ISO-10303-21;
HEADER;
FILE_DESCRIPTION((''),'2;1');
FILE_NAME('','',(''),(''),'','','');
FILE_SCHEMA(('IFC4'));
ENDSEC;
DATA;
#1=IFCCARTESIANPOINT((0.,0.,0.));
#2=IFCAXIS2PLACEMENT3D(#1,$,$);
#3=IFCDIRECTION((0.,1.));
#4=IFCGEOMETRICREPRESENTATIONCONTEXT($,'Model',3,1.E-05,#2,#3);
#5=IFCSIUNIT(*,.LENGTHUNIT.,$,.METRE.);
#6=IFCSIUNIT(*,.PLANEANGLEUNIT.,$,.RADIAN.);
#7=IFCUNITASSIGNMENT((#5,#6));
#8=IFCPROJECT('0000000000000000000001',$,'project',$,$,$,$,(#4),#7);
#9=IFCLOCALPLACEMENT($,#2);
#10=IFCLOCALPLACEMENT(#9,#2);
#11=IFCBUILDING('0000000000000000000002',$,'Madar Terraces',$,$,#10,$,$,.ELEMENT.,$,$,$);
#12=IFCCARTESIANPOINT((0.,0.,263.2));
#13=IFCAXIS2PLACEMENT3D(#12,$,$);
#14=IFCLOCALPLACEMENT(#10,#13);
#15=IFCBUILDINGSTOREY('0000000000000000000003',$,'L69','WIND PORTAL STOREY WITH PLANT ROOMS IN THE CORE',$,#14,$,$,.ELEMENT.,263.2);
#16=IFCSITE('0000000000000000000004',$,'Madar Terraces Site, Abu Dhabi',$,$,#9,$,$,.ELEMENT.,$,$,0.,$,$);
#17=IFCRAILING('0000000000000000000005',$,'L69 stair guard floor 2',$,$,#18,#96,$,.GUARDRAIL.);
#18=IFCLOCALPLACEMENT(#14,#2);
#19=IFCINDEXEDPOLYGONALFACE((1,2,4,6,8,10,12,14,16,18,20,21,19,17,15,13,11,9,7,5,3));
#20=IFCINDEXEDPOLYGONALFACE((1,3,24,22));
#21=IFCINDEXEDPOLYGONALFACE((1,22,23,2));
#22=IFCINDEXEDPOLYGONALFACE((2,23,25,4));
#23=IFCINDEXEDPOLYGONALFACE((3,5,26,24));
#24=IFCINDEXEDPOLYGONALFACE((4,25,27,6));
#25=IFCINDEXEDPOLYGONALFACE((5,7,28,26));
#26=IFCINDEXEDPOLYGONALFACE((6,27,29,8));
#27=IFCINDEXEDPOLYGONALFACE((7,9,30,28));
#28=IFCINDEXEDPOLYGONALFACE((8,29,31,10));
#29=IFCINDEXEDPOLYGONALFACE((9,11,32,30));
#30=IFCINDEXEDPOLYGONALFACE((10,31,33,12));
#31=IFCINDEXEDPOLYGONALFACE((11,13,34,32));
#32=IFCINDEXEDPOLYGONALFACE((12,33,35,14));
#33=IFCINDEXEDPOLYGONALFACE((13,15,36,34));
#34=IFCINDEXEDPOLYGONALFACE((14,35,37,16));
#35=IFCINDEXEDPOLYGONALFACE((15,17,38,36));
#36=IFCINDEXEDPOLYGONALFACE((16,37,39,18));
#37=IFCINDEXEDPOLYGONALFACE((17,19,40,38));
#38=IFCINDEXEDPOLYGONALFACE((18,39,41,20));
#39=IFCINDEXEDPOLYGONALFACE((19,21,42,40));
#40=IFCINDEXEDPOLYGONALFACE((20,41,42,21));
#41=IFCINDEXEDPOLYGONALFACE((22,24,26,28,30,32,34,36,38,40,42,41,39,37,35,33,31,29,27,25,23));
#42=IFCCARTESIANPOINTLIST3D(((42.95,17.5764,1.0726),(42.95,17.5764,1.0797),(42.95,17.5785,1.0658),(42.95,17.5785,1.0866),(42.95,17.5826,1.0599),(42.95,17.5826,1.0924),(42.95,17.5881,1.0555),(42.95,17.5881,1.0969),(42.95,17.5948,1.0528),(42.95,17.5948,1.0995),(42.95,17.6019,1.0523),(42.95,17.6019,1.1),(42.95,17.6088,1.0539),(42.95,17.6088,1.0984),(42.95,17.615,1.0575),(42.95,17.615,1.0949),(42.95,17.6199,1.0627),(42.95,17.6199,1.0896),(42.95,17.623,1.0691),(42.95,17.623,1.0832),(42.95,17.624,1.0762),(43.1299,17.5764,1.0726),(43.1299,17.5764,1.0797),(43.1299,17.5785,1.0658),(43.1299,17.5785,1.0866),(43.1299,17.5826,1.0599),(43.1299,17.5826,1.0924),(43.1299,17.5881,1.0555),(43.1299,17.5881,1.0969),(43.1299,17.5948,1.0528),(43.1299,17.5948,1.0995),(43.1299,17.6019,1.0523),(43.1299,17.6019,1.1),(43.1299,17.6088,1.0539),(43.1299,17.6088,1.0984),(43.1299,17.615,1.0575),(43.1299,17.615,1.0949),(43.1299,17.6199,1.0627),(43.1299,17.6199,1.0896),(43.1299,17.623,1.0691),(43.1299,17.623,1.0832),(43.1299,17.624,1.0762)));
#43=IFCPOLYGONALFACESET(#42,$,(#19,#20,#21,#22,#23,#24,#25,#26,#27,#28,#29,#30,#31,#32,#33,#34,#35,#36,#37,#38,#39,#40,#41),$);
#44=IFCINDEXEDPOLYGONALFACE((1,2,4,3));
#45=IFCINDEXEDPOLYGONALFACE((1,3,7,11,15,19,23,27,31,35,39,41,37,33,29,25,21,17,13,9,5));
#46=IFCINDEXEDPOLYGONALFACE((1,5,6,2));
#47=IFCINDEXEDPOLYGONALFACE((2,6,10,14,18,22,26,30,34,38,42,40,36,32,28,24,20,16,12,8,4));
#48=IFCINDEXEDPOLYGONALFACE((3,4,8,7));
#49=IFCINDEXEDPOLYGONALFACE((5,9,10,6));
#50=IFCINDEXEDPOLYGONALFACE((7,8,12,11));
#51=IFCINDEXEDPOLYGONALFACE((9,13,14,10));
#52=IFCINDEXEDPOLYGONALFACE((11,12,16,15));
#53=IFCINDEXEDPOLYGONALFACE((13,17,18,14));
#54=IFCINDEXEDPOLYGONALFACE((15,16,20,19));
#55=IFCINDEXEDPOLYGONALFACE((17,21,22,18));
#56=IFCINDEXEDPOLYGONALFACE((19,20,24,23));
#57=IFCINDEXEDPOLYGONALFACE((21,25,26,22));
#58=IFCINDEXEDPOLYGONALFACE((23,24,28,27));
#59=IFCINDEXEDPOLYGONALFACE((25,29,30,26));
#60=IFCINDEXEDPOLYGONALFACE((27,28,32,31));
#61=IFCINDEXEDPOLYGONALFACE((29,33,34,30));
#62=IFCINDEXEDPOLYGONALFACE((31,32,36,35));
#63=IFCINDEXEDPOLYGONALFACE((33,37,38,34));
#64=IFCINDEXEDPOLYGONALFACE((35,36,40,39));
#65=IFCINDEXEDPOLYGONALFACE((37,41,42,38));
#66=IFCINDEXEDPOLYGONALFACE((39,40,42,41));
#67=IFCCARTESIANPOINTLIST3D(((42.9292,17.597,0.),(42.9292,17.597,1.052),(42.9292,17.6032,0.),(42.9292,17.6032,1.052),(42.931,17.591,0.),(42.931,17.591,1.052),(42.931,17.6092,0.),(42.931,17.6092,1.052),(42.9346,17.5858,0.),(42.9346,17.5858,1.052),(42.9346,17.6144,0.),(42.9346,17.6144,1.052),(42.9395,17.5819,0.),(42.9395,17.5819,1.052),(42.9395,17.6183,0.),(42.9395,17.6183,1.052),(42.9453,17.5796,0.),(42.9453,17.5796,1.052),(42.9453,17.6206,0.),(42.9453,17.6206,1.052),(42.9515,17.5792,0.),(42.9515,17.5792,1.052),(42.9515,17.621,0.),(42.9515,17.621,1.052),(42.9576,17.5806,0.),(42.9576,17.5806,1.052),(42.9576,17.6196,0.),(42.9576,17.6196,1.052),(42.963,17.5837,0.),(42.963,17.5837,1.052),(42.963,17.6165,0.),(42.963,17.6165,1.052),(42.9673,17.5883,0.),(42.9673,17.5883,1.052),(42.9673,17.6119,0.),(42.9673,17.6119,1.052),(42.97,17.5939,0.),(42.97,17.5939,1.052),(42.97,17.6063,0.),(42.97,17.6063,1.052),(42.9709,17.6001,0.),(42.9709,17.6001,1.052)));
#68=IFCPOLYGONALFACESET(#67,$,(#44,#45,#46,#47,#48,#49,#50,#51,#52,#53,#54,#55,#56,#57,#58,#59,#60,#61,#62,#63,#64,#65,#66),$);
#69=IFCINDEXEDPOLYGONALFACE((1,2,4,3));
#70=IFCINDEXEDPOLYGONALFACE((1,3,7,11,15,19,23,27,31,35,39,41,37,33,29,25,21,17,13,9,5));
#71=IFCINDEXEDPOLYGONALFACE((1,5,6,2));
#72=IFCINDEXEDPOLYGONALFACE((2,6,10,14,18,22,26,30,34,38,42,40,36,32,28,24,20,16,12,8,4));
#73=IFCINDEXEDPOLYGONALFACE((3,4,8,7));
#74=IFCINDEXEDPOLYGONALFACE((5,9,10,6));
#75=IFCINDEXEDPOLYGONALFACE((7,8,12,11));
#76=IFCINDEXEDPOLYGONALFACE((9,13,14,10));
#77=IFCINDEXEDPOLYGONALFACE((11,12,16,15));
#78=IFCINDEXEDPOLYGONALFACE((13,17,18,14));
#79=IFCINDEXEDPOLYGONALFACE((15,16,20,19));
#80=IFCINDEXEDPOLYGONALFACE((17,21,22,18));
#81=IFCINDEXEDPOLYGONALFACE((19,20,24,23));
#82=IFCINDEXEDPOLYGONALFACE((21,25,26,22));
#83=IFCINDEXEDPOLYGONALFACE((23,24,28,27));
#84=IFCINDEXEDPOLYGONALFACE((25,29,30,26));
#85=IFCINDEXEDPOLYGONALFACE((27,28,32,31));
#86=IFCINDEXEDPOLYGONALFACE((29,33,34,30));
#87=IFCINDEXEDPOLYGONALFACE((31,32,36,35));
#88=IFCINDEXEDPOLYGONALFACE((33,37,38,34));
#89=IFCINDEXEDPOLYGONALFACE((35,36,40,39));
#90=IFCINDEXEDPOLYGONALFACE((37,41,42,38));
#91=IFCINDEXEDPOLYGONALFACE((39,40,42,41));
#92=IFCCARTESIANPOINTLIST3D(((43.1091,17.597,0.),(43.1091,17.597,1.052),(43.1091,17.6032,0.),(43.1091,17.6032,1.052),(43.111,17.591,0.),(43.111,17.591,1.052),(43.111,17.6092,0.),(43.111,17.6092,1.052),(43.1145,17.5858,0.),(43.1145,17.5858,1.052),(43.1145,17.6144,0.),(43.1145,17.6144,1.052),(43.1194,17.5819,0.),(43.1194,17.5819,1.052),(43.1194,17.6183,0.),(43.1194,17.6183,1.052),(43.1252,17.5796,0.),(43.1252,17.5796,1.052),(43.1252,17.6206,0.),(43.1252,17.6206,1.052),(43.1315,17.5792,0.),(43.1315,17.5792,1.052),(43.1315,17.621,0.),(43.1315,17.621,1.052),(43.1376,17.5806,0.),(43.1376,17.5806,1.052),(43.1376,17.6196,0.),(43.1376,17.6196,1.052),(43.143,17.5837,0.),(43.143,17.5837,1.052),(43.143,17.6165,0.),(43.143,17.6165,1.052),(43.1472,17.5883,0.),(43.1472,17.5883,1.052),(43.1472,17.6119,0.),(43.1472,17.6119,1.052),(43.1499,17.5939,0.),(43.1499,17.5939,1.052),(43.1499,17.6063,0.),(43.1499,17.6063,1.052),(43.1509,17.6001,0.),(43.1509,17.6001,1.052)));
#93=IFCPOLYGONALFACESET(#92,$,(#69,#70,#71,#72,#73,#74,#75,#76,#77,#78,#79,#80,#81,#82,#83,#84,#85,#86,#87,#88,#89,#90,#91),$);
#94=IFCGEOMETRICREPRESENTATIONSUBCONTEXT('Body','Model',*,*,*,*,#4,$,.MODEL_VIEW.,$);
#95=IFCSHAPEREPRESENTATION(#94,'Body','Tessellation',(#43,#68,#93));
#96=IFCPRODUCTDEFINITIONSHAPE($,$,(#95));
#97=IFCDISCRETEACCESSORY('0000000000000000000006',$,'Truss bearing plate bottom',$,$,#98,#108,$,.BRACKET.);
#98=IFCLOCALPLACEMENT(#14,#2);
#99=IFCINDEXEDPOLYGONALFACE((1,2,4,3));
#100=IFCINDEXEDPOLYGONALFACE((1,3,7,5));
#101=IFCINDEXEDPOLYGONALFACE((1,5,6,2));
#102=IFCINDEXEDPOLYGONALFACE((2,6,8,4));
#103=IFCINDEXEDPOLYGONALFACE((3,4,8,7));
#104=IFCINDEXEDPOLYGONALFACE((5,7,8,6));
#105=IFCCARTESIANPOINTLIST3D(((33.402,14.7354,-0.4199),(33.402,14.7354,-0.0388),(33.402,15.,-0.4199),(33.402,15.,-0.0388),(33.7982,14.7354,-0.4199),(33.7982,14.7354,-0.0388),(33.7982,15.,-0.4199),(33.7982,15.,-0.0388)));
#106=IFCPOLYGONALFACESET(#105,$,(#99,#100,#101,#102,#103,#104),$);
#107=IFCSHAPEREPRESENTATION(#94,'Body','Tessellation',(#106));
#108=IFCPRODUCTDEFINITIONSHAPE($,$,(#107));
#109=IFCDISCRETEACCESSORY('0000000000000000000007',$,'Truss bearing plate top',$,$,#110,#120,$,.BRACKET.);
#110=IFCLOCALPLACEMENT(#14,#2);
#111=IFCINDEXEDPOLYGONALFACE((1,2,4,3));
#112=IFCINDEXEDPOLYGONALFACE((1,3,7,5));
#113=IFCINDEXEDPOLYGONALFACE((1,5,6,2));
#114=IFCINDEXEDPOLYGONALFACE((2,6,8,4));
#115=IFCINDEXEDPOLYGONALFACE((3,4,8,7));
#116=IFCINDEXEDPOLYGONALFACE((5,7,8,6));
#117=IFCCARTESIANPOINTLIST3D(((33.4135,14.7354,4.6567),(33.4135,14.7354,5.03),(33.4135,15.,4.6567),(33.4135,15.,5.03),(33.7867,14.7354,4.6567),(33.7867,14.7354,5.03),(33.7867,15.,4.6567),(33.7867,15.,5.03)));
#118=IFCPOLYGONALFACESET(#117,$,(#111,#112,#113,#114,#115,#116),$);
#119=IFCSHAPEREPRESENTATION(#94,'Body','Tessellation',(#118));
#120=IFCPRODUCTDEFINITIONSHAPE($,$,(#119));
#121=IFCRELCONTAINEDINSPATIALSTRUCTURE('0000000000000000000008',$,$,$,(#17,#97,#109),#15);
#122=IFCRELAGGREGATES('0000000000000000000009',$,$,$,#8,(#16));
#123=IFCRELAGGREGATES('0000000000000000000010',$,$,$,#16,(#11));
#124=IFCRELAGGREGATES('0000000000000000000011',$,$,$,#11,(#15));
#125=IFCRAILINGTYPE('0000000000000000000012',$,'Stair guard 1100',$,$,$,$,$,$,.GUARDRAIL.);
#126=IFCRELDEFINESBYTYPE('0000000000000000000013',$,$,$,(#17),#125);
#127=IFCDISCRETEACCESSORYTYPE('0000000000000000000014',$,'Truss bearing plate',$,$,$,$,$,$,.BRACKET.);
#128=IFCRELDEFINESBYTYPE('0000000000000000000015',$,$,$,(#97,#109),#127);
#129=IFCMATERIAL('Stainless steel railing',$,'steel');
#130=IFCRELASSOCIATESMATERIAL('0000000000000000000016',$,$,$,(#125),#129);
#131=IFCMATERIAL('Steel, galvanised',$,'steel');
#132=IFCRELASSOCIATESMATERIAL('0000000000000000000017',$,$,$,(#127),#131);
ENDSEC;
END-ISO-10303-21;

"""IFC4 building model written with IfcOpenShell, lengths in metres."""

from ifc_helpers import new_model, si_unit, direction, frame, origin, origin_2d, place, context, subcontext, project, spatial, rectangle, circle, extrude, material, type_object, element, save


model = new_model("IFC4")

# Units and contexts
model_context = context("Model", 3, precision=1e-05, world=origin(), true_north=direction((0.0, 1.0)))
body_context = subcontext(model_context, "Body", "Model", "MODEL_VIEW")
ifc_project = project(units=[si_unit("LENGTHUNIT", "METRE"), si_unit("PLANEANGLEUNIT", "RADIAN")], contexts=[model_context])

# Site, building, storey
site_placement = place(None, origin())
site = spatial("IfcSite", under=ifc_project, at=site_placement, Name="Madar Terraces Site, Abu Dhabi", CompositionType="ELEMENT", RefElevation=0.0)
building_placement = place(site_placement, origin())
building = spatial("IfcBuilding", under=site, at=building_placement, Name="Madar Terraces", CompositionType="ELEMENT")
storey_placement = place(building_placement, frame((0.0, 0.0, 263.2)))
storey = spatial("IfcBuildingStorey", under=building, at=storey_placement, Name="L69", Description="WIND PORTAL STOREY WITH PLANT ROOMS IN THE CORE", CompositionType="ELEMENT", Elevation=263.2)

# Railing
ifc_material_1 = material(Name="Stainless steel railing", Category="steel")
railing_type_1 = type_object("IfcRailingType", Name="Stair guard 1100", PredefinedType="GUARDRAIL", material=ifc_material_1)
for number, where, name in (
    (1, (42.95, 17.6001, 0.0), "L69 stair guard floor 2"),
):
    element("IfcRailing", number, at=place(storey_placement, frame(where)), inside=storey, type_object=railing_type_1, Name=name, PredefinedType="GUARDRAIL", context=body_context, shape_type="SweptSolid", body=[
        extrude(circle(Radius=0.0239, at=origin_2d()), frame((0.0, 0.0, 1.0762), z_axis=(1.0, 0.0, 0.0), x_axis=(0.0, 1.0, 0.0)), (0.0, 0.0, 1.0), 0.1799),
        extrude(circle(Radius=0.021, at=origin_2d()), origin(), (0.0, 0.0, 1.0), 1.052),
        extrude(circle(Radius=0.021, at=origin_2d()), frame((0.1799, 0.0, 0.0)), (0.0, 0.0, 1.0), 1.052),
    ])

# Discrete accessories
ifc_material_2 = material(Name="Steel, galvanised", Category="steel")
discrete_accessory_type = type_object("IfcDiscreteAccessoryType", Name="Truss bearing plate", PredefinedType="BRACKET", material=ifc_material_2)
discrete_accessory_1_placement = place(storey_placement, frame((33.6001, 14.8677, -0.4199), z_axis=(0.0, 0.0, 1.0), x_axis=(1.0, 0.0, 0.0)))
element("IfcDiscreteAccessory", 2, at=discrete_accessory_1_placement, inside=storey, type_object=discrete_accessory_type, Name="Truss bearing plate bottom", PredefinedType="BRACKET", context=body_context, shape_type="SweptSolid", body=[
    extrude(rectangle(XDim=0.3962, YDim=0.2646, at=origin_2d()), origin(), (0.0, 0.0, 1.0), 0.3811),
])
discrete_accessory_2_placement = place(storey_placement, frame((33.6001, 14.8677, 4.6567), z_axis=(0.0, 0.0, 1.0), x_axis=(1.0, 0.0, 0.0)))
element("IfcDiscreteAccessory", 3, at=discrete_accessory_2_placement, inside=storey, type_object=discrete_accessory_type, Name="Truss bearing plate top", PredefinedType="BRACKET", context=body_context, shape_type="SweptSolid", body=[
    extrude(rectangle(XDim=0.3733, YDim=0.2646, at=origin_2d()), origin(), (0.0, 0.0, 1.0), 0.3733),
])

save(model, "model.ifc")
